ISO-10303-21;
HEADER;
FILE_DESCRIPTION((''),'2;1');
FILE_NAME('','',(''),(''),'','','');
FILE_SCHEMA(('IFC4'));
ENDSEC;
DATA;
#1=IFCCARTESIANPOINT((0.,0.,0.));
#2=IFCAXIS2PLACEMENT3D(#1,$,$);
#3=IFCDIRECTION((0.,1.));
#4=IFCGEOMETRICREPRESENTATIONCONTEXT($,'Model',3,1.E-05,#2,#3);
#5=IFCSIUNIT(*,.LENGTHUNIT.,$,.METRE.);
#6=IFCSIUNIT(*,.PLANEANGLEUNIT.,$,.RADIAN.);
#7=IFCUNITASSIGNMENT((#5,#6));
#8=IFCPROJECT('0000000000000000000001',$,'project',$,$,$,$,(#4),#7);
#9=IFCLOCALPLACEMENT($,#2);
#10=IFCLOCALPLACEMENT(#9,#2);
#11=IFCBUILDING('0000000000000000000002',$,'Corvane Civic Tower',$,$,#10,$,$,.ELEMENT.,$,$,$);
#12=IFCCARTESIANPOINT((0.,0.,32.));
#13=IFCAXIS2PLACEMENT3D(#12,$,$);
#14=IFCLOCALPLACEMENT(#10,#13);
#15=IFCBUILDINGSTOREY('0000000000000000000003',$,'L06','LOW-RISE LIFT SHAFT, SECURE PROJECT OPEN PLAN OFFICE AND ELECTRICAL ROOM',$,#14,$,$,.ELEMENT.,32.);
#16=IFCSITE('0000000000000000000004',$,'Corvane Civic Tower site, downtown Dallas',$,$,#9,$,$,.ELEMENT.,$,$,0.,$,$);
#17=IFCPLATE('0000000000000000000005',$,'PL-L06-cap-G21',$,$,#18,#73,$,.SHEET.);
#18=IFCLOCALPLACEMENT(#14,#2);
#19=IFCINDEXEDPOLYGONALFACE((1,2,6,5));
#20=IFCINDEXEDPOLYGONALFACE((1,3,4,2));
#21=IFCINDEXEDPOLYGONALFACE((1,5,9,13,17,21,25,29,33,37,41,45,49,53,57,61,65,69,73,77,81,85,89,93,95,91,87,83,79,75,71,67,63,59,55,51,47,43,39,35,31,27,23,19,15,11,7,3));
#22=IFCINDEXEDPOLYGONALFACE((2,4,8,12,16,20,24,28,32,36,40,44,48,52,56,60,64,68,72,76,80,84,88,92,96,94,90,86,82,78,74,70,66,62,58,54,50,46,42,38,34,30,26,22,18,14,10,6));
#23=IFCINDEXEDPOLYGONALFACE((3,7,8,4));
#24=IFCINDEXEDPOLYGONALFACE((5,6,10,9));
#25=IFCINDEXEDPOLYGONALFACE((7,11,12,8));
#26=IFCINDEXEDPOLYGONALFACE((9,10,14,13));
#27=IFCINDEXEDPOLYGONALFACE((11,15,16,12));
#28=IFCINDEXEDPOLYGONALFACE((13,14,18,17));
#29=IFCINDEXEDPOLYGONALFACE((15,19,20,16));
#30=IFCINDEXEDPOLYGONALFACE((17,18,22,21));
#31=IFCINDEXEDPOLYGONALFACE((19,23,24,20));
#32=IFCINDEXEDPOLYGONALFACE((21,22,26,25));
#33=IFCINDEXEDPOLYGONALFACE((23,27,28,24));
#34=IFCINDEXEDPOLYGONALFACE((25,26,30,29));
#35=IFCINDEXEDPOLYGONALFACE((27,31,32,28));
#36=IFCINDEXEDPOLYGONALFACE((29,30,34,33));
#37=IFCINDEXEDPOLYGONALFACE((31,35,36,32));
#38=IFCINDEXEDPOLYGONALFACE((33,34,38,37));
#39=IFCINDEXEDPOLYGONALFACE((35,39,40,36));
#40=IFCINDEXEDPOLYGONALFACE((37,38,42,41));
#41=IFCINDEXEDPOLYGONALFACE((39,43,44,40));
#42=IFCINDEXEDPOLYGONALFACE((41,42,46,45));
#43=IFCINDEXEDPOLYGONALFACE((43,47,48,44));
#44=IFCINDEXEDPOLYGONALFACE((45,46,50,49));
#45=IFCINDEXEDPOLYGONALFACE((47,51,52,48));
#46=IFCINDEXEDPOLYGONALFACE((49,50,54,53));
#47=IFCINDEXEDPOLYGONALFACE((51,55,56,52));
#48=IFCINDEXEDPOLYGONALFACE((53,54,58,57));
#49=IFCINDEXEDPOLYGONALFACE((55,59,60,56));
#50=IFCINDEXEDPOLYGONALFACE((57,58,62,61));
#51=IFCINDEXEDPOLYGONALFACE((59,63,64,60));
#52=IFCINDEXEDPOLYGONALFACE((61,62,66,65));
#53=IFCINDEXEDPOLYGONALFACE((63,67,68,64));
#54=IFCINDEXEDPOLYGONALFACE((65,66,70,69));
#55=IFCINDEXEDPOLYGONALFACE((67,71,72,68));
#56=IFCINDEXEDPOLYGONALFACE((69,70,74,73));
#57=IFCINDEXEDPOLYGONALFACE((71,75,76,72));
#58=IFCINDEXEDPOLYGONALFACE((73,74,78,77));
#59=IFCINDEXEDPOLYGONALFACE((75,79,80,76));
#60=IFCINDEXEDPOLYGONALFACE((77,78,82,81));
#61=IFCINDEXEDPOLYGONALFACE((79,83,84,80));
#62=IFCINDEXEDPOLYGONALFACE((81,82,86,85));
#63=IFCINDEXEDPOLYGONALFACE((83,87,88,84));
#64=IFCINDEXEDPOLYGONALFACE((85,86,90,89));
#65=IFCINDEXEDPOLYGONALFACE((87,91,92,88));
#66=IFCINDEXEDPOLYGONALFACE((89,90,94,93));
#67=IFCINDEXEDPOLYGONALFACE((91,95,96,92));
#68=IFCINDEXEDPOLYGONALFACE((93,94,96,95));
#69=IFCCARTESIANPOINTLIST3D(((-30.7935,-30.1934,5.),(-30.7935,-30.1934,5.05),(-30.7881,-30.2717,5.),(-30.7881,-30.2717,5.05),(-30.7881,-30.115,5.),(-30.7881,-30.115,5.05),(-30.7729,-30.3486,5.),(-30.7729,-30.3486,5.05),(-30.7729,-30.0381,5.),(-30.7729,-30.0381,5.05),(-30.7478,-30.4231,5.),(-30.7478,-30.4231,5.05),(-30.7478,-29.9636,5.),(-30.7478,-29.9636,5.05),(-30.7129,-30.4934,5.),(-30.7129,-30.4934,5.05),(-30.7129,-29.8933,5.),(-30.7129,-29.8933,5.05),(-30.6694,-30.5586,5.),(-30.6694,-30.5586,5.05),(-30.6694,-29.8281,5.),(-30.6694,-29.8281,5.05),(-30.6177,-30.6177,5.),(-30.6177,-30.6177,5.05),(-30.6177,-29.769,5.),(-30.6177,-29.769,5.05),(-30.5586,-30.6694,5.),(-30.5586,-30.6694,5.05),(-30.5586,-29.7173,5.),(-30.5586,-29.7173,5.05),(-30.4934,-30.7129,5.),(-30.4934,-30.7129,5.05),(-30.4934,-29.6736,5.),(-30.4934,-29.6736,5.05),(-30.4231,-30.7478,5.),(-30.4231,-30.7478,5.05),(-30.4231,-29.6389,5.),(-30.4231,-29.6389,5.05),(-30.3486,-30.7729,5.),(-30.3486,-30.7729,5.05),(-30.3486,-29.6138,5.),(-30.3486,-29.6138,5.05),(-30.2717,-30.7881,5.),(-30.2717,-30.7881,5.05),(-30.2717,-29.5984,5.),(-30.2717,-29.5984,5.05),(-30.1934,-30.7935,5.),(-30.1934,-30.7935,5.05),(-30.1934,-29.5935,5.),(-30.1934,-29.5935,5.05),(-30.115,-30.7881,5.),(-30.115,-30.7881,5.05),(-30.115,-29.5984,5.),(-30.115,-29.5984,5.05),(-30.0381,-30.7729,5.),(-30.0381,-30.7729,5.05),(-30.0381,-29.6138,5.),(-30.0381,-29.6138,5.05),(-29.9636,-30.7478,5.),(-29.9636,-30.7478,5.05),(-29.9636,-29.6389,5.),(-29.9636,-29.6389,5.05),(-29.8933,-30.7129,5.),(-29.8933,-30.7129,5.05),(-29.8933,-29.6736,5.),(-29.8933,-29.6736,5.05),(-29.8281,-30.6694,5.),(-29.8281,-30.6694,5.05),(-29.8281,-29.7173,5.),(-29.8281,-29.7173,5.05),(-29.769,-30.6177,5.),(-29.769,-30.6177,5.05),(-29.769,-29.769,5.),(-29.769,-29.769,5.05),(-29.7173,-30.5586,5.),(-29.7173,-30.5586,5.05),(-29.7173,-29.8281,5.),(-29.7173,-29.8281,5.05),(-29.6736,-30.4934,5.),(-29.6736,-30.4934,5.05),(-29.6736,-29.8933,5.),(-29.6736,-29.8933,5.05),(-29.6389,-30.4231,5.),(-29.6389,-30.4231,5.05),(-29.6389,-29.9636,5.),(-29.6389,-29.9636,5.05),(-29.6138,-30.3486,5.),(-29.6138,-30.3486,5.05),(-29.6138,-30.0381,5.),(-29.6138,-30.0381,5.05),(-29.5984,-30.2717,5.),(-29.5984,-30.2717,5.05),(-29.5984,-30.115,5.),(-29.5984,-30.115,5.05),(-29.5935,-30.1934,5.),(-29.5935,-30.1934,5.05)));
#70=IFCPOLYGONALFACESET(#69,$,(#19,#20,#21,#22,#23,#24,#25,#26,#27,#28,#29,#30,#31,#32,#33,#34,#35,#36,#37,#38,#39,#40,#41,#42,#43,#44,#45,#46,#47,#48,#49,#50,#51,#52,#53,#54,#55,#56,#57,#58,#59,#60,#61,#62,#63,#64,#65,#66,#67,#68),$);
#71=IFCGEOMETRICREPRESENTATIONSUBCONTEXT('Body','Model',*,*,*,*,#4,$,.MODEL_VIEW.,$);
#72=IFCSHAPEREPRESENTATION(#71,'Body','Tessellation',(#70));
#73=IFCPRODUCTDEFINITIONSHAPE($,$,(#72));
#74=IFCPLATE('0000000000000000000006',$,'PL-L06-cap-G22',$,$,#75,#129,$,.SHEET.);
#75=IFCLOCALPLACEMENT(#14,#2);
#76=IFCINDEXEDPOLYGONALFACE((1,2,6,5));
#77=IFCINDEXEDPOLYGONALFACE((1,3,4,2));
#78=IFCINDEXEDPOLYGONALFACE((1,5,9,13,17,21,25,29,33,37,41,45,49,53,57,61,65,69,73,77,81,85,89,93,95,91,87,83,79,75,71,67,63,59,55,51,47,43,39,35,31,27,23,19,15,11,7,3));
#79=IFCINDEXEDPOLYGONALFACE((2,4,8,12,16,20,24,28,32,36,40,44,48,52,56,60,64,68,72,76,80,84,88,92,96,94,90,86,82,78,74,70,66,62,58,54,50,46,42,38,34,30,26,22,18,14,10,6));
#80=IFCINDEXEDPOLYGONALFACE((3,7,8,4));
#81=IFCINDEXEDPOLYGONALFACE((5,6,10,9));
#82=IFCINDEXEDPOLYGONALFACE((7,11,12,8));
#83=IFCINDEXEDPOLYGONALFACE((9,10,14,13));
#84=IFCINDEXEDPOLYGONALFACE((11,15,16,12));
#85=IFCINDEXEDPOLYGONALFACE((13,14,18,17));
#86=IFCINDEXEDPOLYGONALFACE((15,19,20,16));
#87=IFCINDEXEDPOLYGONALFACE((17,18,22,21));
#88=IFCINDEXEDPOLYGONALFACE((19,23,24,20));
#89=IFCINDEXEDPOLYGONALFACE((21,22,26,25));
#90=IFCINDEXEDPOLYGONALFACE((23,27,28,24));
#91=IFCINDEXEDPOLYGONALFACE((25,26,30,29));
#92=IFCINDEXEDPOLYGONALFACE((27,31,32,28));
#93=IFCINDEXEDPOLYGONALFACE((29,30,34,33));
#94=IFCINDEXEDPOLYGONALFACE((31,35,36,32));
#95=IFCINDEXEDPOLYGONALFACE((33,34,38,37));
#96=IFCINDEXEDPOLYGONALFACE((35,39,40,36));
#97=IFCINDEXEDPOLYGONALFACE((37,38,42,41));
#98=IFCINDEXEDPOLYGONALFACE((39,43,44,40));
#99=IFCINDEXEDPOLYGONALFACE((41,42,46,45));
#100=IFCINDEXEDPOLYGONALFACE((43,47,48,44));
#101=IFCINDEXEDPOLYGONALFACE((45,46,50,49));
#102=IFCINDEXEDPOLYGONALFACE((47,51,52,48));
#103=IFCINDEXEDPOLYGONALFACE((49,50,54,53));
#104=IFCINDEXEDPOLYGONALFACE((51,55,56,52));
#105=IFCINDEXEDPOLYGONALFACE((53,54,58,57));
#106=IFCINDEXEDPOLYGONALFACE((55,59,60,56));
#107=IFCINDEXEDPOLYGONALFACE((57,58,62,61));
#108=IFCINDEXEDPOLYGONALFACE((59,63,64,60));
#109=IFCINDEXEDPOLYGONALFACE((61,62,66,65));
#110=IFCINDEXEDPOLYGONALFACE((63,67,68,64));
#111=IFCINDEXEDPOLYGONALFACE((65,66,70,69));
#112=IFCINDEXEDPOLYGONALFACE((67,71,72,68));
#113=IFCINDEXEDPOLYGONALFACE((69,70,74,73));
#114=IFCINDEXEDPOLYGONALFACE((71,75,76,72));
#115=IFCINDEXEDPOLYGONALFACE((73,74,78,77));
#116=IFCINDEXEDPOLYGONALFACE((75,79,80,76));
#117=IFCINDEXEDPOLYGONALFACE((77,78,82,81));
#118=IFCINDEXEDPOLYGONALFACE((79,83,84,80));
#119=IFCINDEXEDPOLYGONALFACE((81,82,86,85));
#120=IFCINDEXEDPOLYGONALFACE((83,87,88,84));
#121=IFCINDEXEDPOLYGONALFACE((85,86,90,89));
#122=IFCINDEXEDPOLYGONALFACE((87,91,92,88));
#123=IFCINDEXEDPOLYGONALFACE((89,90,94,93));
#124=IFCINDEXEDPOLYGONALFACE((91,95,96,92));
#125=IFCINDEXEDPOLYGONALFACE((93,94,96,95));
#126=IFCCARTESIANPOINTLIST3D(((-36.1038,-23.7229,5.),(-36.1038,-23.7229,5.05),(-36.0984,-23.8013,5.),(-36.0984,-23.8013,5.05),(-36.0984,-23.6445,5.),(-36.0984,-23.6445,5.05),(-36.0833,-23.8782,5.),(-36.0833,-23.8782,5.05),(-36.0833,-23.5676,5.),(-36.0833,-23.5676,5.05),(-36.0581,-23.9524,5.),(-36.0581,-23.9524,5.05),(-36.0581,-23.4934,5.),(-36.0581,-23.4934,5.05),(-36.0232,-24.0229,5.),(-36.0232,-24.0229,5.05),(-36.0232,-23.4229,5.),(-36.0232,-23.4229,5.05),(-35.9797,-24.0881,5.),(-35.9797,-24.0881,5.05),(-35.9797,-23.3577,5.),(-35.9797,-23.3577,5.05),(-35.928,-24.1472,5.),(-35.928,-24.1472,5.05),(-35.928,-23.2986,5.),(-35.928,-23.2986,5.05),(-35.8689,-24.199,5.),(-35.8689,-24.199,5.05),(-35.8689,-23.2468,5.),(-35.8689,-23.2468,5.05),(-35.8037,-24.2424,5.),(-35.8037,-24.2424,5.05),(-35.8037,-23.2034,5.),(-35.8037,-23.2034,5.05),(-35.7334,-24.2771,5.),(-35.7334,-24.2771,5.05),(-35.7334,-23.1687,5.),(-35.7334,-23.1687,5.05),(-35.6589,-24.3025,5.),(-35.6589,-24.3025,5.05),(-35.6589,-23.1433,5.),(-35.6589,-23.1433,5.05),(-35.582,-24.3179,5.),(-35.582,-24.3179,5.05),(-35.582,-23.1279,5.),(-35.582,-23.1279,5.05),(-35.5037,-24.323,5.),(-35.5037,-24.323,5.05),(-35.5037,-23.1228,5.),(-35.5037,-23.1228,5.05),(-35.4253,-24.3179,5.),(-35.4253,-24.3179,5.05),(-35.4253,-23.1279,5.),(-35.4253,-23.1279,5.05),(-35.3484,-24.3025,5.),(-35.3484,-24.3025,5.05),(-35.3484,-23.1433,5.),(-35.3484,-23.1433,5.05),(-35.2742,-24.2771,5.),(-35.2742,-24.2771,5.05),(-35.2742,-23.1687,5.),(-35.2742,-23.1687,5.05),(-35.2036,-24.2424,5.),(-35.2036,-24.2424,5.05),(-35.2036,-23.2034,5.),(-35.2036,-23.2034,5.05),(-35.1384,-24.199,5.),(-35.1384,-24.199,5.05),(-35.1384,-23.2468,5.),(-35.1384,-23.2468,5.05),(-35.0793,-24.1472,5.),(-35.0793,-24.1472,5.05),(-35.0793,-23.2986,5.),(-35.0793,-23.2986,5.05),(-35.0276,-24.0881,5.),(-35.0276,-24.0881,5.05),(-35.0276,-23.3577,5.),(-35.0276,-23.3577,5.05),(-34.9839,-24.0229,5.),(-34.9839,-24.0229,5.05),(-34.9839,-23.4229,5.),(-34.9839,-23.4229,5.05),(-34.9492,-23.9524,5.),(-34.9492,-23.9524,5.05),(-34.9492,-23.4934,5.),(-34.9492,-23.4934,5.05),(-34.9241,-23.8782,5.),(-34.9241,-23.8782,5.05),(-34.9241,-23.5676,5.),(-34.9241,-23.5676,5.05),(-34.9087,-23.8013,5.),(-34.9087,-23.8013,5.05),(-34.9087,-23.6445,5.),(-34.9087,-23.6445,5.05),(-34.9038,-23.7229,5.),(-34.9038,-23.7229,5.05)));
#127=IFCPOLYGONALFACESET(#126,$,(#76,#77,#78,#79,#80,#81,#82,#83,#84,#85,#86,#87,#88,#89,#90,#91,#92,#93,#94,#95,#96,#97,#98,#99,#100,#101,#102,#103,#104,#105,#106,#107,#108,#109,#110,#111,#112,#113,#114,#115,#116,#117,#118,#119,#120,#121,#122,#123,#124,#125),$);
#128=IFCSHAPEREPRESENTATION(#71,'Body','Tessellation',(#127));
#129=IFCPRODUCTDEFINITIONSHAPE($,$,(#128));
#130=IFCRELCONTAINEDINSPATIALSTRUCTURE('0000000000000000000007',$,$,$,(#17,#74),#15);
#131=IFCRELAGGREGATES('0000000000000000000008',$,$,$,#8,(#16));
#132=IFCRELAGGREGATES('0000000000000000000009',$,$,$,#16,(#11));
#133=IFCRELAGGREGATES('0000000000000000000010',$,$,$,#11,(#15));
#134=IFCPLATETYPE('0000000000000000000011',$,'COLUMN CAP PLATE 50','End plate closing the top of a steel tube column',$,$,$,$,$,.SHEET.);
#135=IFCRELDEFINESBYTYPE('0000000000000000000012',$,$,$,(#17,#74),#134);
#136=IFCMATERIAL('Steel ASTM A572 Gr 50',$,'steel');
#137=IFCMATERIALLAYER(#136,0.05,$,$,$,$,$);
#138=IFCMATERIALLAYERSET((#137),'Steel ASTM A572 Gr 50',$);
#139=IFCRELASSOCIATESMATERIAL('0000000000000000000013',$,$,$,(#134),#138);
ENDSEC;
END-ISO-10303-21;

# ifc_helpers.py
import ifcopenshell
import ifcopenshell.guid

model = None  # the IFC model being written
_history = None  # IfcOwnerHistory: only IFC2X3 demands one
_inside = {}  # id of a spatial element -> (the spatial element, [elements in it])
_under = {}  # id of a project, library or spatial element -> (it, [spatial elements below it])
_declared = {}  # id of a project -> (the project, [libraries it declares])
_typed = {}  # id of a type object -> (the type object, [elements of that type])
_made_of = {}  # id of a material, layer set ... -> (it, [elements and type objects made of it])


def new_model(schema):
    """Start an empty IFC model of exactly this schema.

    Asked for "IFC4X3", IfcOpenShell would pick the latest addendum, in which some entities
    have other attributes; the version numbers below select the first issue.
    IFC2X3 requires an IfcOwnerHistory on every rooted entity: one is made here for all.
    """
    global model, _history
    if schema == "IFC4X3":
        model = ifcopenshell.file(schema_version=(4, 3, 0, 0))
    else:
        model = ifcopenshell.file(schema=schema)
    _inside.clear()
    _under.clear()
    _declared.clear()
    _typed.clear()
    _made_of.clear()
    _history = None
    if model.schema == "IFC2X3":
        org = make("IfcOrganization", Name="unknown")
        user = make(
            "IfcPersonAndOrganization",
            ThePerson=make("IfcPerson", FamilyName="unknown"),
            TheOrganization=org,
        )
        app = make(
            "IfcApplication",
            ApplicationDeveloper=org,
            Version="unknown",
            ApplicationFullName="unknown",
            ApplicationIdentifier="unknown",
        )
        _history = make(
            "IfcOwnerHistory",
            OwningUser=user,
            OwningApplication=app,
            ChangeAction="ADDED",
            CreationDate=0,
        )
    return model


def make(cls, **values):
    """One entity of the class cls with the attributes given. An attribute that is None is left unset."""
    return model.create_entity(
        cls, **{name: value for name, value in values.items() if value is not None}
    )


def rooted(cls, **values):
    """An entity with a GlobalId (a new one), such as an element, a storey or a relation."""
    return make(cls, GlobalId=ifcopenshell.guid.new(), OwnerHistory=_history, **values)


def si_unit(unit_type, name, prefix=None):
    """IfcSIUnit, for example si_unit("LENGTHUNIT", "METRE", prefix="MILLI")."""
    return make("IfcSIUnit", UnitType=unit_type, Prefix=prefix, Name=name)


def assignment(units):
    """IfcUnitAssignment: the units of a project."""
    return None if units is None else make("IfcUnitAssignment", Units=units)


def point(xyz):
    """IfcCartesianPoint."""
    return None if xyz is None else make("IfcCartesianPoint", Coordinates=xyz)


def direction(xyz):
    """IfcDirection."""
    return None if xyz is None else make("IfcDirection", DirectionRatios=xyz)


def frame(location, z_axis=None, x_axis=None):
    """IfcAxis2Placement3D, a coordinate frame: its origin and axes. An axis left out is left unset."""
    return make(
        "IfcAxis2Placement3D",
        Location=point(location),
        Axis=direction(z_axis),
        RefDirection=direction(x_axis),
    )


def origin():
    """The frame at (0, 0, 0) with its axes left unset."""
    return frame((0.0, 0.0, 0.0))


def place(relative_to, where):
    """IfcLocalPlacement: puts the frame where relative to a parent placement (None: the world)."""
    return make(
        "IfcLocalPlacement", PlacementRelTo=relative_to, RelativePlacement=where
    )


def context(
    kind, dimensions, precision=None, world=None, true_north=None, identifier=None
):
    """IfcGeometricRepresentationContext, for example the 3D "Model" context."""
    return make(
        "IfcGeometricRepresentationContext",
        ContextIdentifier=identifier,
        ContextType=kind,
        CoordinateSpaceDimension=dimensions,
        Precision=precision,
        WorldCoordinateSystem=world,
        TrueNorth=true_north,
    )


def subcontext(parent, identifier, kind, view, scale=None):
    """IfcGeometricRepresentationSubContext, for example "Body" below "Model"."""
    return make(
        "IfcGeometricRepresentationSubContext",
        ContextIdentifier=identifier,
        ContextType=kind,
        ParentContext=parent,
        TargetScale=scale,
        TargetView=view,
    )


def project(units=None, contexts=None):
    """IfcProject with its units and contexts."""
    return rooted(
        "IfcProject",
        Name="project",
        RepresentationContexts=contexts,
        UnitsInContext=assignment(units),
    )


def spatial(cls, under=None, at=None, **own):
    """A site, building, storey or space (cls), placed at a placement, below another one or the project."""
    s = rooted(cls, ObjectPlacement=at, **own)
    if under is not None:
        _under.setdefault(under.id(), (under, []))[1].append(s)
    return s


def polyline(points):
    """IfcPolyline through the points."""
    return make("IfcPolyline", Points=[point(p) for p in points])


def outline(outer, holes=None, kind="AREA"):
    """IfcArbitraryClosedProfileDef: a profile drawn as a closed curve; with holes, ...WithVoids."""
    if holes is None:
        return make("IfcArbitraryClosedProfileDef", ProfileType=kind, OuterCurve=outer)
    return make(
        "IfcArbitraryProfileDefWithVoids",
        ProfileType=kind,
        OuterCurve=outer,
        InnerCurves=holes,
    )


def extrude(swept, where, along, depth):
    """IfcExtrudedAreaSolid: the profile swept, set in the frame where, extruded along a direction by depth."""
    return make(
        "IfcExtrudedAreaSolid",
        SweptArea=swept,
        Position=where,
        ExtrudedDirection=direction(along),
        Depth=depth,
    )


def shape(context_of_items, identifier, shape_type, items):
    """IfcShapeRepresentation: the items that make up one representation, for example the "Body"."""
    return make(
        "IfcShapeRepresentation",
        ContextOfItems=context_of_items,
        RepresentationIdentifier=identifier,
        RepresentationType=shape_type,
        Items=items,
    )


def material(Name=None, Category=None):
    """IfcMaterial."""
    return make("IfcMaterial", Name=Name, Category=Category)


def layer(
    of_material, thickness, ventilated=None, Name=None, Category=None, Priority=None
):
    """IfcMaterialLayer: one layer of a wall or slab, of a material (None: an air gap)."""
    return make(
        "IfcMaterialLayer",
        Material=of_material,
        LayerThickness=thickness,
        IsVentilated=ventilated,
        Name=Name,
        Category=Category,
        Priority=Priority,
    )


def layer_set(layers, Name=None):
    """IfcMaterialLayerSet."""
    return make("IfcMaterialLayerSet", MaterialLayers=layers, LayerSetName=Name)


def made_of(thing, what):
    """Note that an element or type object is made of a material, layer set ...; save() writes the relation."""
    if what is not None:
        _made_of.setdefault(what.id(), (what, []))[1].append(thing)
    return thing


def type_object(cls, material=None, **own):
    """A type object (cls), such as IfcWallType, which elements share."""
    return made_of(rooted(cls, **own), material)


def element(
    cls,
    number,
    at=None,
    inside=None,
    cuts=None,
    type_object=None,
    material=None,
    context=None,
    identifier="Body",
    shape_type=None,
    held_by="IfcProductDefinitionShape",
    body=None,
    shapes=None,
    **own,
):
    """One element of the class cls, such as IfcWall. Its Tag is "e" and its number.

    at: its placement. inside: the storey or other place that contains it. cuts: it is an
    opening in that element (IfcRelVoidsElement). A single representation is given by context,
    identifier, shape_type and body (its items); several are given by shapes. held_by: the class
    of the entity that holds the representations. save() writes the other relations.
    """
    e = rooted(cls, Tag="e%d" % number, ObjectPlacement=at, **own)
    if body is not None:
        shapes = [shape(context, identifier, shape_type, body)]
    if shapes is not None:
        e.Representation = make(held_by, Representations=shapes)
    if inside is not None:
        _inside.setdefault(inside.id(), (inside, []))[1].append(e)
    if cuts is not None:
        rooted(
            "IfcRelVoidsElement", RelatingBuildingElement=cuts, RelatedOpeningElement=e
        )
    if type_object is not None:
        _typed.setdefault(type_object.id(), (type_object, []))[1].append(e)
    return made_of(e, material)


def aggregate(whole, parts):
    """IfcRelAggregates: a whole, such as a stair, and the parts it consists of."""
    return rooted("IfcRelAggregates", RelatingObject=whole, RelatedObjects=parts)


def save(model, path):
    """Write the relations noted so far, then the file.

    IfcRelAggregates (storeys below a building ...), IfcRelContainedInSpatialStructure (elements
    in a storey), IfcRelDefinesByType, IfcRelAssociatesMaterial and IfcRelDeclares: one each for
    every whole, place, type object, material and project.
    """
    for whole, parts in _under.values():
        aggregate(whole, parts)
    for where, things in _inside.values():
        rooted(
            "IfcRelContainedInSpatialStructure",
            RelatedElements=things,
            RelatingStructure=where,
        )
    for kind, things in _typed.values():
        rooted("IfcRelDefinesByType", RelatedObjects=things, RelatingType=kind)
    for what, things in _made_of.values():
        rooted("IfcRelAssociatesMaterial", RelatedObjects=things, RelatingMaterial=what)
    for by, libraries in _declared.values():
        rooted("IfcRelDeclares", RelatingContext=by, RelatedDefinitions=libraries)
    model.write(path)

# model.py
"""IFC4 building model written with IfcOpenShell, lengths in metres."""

from ifc_helpers import new_model, si_unit, direction, frame, origin, place, context, subcontext, project, spatial, polyline, outline, extrude, material, layer, layer_set, type_object, element, save


model = new_model("IFC4")

# Units and contexts
model_context = context("Model", 3, precision=1e-05, world=origin(), true_north=direction((0.0, 1.0)))
body_context = subcontext(model_context, "Body", "Model", "MODEL_VIEW")
ifc_project = project(units=[si_unit("LENGTHUNIT", "METRE"), si_unit("PLANEANGLEUNIT", "RADIAN")], contexts=[model_context])

# Site, building, storey
site_placement = place(None, origin())
site = spatial("IfcSite", under=ifc_project, at=site_placement, Name="Corvane Civic Tower site, downtown Dallas", CompositionType="ELEMENT", RefElevation=0.0)
building_placement = place(site_placement, origin())
building = spatial("IfcBuilding", under=site, at=building_placement, Name="Corvane Civic Tower", CompositionType="ELEMENT")
storey_placement = place(building_placement, frame((0.0, 0.0, 32.0)))
storey = spatial("IfcBuildingStorey", under=building, at=storey_placement, Name="L06", Description="LOW-RISE LIFT SHAFT, SECURE PROJECT OPEN PLAN OFFICE AND ELECTRICAL ROOM", CompositionType="ELEMENT", Elevation=32.0)

# Plates
ifc_material_1 = material(Name="Steel ASTM A572 Gr 50", Category="steel")
ifc_layer = layer(ifc_material_1, 0.05)
ifc_layer_set = layer_set([ifc_layer], Name="Steel ASTM A572 Gr 50")
plate_type = type_object("IfcPlateType", Name="COLUMN CAP PLATE 50", Description="End plate closing the top of a steel tube column", PredefinedType="SHEET", material=ifc_layer_set)
plate_1_placement = place(storey_placement, frame((0.0, 0.0, 5.0)))
element("IfcPlate", 1, at=plate_1_placement, inside=storey, type_object=plate_type, Name="PL-L06-cap-G21", PredefinedType="SHEET", context=body_context, shape_type="SweptSolid", body=[
    extrude(outline(polyline([(-29.5935, -30.1934), (-29.5984, -30.115), (-29.6138, -30.0381), (-29.6389, -29.9636), (-29.6736, -29.8933), (-29.7173, -29.8281), (-29.769, -29.769), (-29.8281, -29.7173), (-29.8933, -29.6736), (-29.9636, -29.6389), (-30.0381, -29.6138), (-30.115, -29.5984), (-30.1934, -29.5935), (-30.2717, -29.5984), (-30.3486, -29.6138), (-30.4231, -29.6389), (-30.4934, -29.6736), (-30.5586, -29.7173), (-30.6177, -29.769), (-30.6694, -29.8281), (-30.7129, -29.8933), (-30.7478, -29.9636), (-30.7729, -30.0381), (-30.7881, -30.115), (-30.7935, -30.1934), (-30.7881, -30.2717), (-30.7729, -30.3486), (-30.7478, -30.4231), (-30.7129, -30.4934), (-30.6694, -30.5586), (-30.6177, -30.6177), (-30.5586, -30.6694), (-30.4934, -30.7129), (-30.4231, -30.7478), (-30.3486, -30.7729), (-30.2717, -30.7881), (-30.1934, -30.7935), (-30.115, -30.7881), (-30.0381, -30.7729), (-29.9636, -30.7478), (-29.8933, -30.7129), (-29.8281, -30.6694), (-29.769, -30.6177), (-29.7173, -30.5586), (-29.6736, -30.4934), (-29.6389, -30.4231), (-29.6138, -30.3486), (-29.5984, -30.2717), (-29.5935, -30.1934)])), origin(), (0.0, 0.0, 1.0), 0.05),
])
plate_2_placement = place(storey_placement, frame((0.0, 0.0, 5.0)))
element("IfcPlate", 2, at=plate_2_placement, inside=storey, type_object=plate_type, Name="PL-L06-cap-G22", PredefinedType="SHEET", context=body_context, shape_type="SweptSolid", body=[
    extrude(outline(polyline([(-34.9038, -23.7229), (-34.9087, -23.6445), (-34.9241, -23.5676), (-34.9492, -23.4934), (-34.9839, -23.4229), (-35.0276, -23.3577), (-35.0793, -23.2986), (-35.1384, -23.2468), (-35.2036, -23.2034), (-35.2742, -23.1687), (-35.3484, -23.1433), (-35.4253, -23.1279), (-35.5037, -23.1228), (-35.582, -23.1279), (-35.6589, -23.1433), (-35.7334, -23.1687), (-35.8037, -23.2034), (-35.8689, -23.2468), (-35.928, -23.2986), (-35.9797, -23.3577), (-36.0232, -23.4229), (-36.0581, -23.4934), (-36.0833, -23.5676), (-36.0984, -23.6445), (-36.1038, -23.7229), (-36.0984, -23.8013), (-36.0833, -23.8782), (-36.0581, -23.9524), (-36.0232, -24.0229), (-35.9797, -24.0881), (-35.928, -24.1472), (-35.8689, -24.199), (-35.8037, -24.2424), (-35.7334, -24.2771), (-35.6589, -24.3025), (-35.582, -24.3179), (-35.5037, -24.323), (-35.4253, -24.3179), (-35.3484, -24.3025), (-35.2742, -24.2771), (-35.2036, -24.2424), (-35.1384, -24.199), (-35.0793, -24.1472), (-35.0276, -24.0881), (-34.9839, -24.0229), (-34.9492, -23.9524), (-34.9241, -23.8782), (-34.9087, -23.8013), (-34.9038, -23.7229)])), origin(), (0.0, 0.0, 1.0), 0.05),
])

save(model, "model.ifc")
